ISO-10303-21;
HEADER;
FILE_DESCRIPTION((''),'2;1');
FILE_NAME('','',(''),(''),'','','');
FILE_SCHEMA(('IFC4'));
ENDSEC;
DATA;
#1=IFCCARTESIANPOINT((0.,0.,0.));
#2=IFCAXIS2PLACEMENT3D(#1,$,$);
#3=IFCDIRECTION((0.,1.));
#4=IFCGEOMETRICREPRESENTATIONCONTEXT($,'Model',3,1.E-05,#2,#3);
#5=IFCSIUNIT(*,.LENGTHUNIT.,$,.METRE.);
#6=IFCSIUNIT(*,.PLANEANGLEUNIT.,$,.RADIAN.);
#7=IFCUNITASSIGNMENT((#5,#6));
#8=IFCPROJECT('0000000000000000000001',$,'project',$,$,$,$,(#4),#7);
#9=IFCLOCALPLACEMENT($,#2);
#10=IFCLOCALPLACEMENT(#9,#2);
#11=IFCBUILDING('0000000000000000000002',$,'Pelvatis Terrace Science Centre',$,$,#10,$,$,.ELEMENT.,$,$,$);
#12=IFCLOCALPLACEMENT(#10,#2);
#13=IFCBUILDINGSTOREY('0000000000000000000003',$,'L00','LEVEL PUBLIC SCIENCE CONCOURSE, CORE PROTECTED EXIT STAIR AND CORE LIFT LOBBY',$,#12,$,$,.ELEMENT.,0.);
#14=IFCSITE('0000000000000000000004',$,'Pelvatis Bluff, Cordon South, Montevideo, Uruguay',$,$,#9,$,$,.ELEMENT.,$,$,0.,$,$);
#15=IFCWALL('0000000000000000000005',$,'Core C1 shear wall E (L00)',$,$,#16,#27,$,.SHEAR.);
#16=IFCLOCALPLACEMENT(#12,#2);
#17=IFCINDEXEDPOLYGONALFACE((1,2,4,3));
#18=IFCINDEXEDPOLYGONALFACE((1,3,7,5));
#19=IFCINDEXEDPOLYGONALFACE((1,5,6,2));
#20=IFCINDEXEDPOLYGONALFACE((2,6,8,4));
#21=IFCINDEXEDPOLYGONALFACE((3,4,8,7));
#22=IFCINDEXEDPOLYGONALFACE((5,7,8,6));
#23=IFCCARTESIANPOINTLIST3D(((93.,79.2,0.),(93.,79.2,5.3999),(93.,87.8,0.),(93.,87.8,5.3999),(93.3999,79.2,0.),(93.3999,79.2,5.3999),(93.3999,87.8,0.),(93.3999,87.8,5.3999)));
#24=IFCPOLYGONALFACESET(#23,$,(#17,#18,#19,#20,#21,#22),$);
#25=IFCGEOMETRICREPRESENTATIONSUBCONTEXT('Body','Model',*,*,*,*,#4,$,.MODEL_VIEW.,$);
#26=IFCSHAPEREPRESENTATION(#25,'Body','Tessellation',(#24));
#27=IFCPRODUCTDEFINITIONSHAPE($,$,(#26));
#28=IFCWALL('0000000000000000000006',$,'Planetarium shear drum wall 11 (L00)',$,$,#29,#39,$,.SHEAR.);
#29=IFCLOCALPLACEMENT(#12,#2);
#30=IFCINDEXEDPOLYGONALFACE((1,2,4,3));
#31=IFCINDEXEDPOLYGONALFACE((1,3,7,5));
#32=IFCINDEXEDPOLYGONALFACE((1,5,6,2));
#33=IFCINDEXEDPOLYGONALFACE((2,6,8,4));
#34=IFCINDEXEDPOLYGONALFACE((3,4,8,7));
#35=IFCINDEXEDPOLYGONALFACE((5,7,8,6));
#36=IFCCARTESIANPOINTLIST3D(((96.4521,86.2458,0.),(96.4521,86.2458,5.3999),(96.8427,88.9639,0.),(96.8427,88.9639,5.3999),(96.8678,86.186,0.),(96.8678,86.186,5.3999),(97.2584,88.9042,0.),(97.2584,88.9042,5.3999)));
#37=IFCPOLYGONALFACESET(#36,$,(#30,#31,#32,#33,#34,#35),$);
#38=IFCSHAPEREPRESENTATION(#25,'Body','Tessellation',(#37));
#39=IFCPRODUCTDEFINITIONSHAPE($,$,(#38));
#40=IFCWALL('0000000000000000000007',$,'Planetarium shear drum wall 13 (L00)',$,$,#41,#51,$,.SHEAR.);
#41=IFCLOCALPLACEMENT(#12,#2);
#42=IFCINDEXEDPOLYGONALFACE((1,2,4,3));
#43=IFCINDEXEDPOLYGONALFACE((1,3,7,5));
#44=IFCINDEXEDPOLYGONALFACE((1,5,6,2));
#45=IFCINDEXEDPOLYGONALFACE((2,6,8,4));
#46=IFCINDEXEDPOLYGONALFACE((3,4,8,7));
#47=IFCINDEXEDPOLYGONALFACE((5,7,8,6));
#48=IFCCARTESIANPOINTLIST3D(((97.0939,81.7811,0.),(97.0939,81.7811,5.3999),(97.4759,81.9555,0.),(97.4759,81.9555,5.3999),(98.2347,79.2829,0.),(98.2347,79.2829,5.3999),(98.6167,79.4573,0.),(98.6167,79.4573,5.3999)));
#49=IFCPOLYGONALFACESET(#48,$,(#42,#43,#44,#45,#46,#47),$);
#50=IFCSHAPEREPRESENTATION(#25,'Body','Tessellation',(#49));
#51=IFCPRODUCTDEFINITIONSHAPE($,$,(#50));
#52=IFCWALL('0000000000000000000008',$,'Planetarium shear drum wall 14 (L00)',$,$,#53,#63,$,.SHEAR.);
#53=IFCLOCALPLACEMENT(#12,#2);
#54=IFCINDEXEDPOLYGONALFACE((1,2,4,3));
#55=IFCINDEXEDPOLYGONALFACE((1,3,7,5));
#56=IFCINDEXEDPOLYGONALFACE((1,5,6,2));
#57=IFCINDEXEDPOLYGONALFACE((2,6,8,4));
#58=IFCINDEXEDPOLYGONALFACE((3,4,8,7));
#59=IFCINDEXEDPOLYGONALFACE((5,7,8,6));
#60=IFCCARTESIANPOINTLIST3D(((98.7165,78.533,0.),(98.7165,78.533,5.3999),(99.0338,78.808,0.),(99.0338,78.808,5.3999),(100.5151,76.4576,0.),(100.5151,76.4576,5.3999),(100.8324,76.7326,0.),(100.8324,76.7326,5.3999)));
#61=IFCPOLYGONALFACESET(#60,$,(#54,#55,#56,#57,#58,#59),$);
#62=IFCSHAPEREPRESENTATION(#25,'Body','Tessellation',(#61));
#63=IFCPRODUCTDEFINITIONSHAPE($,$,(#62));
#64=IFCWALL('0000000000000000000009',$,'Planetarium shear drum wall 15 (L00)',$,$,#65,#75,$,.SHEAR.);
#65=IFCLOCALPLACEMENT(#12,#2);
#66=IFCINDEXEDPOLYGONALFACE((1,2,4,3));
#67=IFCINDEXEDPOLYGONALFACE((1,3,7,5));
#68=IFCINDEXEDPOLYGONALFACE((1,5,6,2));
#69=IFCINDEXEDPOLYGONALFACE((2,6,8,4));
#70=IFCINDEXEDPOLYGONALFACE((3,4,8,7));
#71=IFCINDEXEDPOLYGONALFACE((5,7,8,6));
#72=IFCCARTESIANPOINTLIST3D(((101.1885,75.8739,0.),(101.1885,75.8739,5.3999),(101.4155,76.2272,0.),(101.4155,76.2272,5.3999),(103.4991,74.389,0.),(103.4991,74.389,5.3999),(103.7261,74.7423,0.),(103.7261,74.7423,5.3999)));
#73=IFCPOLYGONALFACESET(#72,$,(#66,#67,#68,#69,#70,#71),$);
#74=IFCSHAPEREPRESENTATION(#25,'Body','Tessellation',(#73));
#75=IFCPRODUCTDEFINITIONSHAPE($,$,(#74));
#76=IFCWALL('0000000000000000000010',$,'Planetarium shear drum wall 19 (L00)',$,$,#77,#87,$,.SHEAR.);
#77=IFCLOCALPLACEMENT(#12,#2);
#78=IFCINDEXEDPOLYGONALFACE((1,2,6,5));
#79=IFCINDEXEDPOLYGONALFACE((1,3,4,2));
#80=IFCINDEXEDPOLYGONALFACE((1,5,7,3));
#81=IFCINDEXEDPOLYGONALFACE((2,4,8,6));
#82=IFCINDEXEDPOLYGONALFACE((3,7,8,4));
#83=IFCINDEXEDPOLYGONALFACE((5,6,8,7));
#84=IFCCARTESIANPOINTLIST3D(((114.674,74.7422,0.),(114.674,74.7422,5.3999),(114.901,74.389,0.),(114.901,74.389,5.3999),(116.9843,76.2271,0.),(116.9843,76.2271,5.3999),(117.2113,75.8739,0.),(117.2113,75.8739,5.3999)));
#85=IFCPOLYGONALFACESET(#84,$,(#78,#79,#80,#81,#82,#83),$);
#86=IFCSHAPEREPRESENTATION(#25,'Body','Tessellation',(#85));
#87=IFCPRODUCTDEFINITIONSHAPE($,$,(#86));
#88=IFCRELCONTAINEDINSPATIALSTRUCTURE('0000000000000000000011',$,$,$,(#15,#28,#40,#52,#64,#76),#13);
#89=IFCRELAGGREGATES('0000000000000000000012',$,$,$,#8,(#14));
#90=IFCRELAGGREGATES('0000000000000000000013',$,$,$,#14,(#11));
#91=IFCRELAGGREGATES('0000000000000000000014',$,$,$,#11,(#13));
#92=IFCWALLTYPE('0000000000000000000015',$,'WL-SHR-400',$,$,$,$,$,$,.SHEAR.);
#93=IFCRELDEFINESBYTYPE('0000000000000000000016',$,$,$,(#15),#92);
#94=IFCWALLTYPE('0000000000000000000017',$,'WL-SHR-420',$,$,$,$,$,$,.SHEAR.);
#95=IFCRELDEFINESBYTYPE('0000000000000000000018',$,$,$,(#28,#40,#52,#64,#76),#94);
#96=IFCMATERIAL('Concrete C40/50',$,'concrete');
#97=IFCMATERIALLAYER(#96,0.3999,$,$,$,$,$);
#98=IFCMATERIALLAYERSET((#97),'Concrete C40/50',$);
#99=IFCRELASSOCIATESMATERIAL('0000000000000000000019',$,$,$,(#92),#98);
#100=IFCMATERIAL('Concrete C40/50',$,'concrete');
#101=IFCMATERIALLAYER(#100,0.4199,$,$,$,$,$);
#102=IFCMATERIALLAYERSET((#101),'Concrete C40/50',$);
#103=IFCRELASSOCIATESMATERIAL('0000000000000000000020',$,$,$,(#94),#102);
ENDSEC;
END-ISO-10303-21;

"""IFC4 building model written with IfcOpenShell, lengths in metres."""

from ifc_helpers import new_model, si_unit, direction, frame, frame_2d, origin, place, context, subcontext, project, spatial, rectangle, extrude, material, layer, layer_set, type_object, element, save


model = new_model("IFC4")

# Units and contexts
model_context = context("Model", 3, precision=1e-05, world=origin(), true_north=direction((0.0, 1.0)))
body_context = subcontext(model_context, "Body", "Model", "MODEL_VIEW")
ifc_project = project(units=[si_unit("LENGTHUNIT", "METRE"), si_unit("PLANEANGLEUNIT", "RADIAN")], contexts=[model_context])

# Site, building, storey
site_placement = place(None, origin())
site = spatial("IfcSite", under=ifc_project, at=site_placement, Name="Pelvatis Bluff, Cordon South, Montevideo, Uruguay", CompositionType="ELEMENT", RefElevation=0.0)
building_placement = place(site_placement, origin())
building = spatial("IfcBuilding", under=site, at=building_placement, Name="Pelvatis Terrace Science Centre", CompositionType="ELEMENT")
storey_placement = place(building_placement, origin())
storey = spatial("IfcBuildingStorey", under=building, at=storey_placement, Name="L00", Description="LEVEL PUBLIC SCIENCE CONCOURSE, CORE PROTECTED EXIT STAIR AND CORE LIFT LOBBY", CompositionType="ELEMENT", Elevation=0.0)

# Walls
ifc_material_1 = material(Name="Concrete C40/50", Category="concrete")
ifc_layer_1 = layer(ifc_material_1, 0.3999)
ifc_layer_set_1 = layer_set([ifc_layer_1], Name="Concrete C40/50")
wall_type_1 = type_object("IfcWallType", Name="WL-SHR-400", PredefinedType="SHEAR", material=ifc_layer_set_1)
wall_1_placement = place(storey_placement, frame((93.2, 79.2, 0.0), z_axis=(0.0, 0.0, 1.0), x_axis=(0.0, 1.0, 0.0)))
element("IfcWall", 1, at=wall_1_placement, inside=storey, type_object=wall_type_1, Name="Core C1 shear wall E (L00)", PredefinedType="SHEAR", context=body_context, shape_type="SweptSolid", body=[
    extrude(rectangle(XDim=8.6001, YDim=0.3999, at=frame_2d((4.3, 0.0))), origin(), (0.0, 0.0, 1.0), 5.3999),
])
ifc_material_2 = material(Name="Concrete C40/50", Category="concrete")
ifc_layer_2 = layer(ifc_material_2, 0.4199)
ifc_layer_set_2 = layer_set([ifc_layer_2], Name="Concrete C40/50")
wall_type_2 = type_object("IfcWallType", Name="WL-SHR-420", PredefinedType="SHEAR", material=ifc_layer_set_2)
wall_2_placement = place(storey_placement, frame((97.0505, 88.9341, 0.0), z_axis=(0.0, 0.0, 1.0), x_axis=(-0.142243, -0.989832, 0.0)))
element("IfcWall", 2, at=wall_2_placement, inside=storey, type_object=wall_type_2, Name="Planetarium shear drum wall 11 (L00)", PredefinedType="SHEAR", context=body_context, shape_type="SweptSolid", body=[
    extrude(rectangle(XDim=2.7461, YDim=0.4199, at=frame_2d((1.373, 0.0))), origin(), (0.0, 0.0, 1.0), 5.3999),
])
for number, where, z_axis, x_axis, name in (
    (3, (97.2849, 81.8682, 0.0), (0.0, 0.0, 1.0), (0.415396, -0.909641, 0.0), "Planetarium shear drum wall 13 (L00)"),
    (4, (98.8752, 78.6704, 0.0), (0.0, 0.0, 1.0), (0.654903, -0.755713, 0.0), "Planetarium shear drum wall 14 (L00)"),
):
    element("IfcWall", number, at=place(storey_placement, frame(where, z_axis=z_axis, x_axis=x_axis)), inside=storey, type_object=wall_type_2, Name=name, PredefinedType="SHEAR", context=body_context, shape_type="SweptSolid", body=[
        extrude(rectangle(XDim=2.7463, YDim=0.4199, at=frame_2d((1.373, 0.0))), origin(), (0.0, 0.0, 1.0), 5.3999),
    ])
wall_3_placement = place(storey_placement, frame((101.302, 76.0505, 0.0), z_axis=(0.0, 0.0, 1.0), x_axis=(0.841259, -0.540632, 0.0)))
element("IfcWall", 5, at=wall_3_placement, inside=storey, type_object=wall_type_2, Name="Planetarium shear drum wall 15 (L00)", PredefinedType="SHEAR", context=body_context, shape_type="SweptSolid", body=[
    extrude(rectangle(XDim=2.7466, YDim=0.4199, at=frame_2d((1.3733, 0.0))), origin(), (0.0, 0.0, 1.0), 5.3999),
])
wall_4_placement = place(storey_placement, frame((114.7876, 74.5657, 0.0), z_axis=(0.0, 0.0, 1.0), x_axis=(0.841233, 0.540672, 0.0)))
element("IfcWall", 6, at=wall_4_placement, inside=storey, type_object=wall_type_2, Name="Planetarium shear drum wall 19 (L00)", PredefinedType="SHEAR", context=body_context, shape_type="SweptSolid", body=[
    extrude(rectangle(XDim=2.7463, YDim=0.4199, at=frame_2d((1.373, 0.0))), origin(), (0.0, 0.0, 1.0), 5.3999),
])

save(model, "model.ifc")
